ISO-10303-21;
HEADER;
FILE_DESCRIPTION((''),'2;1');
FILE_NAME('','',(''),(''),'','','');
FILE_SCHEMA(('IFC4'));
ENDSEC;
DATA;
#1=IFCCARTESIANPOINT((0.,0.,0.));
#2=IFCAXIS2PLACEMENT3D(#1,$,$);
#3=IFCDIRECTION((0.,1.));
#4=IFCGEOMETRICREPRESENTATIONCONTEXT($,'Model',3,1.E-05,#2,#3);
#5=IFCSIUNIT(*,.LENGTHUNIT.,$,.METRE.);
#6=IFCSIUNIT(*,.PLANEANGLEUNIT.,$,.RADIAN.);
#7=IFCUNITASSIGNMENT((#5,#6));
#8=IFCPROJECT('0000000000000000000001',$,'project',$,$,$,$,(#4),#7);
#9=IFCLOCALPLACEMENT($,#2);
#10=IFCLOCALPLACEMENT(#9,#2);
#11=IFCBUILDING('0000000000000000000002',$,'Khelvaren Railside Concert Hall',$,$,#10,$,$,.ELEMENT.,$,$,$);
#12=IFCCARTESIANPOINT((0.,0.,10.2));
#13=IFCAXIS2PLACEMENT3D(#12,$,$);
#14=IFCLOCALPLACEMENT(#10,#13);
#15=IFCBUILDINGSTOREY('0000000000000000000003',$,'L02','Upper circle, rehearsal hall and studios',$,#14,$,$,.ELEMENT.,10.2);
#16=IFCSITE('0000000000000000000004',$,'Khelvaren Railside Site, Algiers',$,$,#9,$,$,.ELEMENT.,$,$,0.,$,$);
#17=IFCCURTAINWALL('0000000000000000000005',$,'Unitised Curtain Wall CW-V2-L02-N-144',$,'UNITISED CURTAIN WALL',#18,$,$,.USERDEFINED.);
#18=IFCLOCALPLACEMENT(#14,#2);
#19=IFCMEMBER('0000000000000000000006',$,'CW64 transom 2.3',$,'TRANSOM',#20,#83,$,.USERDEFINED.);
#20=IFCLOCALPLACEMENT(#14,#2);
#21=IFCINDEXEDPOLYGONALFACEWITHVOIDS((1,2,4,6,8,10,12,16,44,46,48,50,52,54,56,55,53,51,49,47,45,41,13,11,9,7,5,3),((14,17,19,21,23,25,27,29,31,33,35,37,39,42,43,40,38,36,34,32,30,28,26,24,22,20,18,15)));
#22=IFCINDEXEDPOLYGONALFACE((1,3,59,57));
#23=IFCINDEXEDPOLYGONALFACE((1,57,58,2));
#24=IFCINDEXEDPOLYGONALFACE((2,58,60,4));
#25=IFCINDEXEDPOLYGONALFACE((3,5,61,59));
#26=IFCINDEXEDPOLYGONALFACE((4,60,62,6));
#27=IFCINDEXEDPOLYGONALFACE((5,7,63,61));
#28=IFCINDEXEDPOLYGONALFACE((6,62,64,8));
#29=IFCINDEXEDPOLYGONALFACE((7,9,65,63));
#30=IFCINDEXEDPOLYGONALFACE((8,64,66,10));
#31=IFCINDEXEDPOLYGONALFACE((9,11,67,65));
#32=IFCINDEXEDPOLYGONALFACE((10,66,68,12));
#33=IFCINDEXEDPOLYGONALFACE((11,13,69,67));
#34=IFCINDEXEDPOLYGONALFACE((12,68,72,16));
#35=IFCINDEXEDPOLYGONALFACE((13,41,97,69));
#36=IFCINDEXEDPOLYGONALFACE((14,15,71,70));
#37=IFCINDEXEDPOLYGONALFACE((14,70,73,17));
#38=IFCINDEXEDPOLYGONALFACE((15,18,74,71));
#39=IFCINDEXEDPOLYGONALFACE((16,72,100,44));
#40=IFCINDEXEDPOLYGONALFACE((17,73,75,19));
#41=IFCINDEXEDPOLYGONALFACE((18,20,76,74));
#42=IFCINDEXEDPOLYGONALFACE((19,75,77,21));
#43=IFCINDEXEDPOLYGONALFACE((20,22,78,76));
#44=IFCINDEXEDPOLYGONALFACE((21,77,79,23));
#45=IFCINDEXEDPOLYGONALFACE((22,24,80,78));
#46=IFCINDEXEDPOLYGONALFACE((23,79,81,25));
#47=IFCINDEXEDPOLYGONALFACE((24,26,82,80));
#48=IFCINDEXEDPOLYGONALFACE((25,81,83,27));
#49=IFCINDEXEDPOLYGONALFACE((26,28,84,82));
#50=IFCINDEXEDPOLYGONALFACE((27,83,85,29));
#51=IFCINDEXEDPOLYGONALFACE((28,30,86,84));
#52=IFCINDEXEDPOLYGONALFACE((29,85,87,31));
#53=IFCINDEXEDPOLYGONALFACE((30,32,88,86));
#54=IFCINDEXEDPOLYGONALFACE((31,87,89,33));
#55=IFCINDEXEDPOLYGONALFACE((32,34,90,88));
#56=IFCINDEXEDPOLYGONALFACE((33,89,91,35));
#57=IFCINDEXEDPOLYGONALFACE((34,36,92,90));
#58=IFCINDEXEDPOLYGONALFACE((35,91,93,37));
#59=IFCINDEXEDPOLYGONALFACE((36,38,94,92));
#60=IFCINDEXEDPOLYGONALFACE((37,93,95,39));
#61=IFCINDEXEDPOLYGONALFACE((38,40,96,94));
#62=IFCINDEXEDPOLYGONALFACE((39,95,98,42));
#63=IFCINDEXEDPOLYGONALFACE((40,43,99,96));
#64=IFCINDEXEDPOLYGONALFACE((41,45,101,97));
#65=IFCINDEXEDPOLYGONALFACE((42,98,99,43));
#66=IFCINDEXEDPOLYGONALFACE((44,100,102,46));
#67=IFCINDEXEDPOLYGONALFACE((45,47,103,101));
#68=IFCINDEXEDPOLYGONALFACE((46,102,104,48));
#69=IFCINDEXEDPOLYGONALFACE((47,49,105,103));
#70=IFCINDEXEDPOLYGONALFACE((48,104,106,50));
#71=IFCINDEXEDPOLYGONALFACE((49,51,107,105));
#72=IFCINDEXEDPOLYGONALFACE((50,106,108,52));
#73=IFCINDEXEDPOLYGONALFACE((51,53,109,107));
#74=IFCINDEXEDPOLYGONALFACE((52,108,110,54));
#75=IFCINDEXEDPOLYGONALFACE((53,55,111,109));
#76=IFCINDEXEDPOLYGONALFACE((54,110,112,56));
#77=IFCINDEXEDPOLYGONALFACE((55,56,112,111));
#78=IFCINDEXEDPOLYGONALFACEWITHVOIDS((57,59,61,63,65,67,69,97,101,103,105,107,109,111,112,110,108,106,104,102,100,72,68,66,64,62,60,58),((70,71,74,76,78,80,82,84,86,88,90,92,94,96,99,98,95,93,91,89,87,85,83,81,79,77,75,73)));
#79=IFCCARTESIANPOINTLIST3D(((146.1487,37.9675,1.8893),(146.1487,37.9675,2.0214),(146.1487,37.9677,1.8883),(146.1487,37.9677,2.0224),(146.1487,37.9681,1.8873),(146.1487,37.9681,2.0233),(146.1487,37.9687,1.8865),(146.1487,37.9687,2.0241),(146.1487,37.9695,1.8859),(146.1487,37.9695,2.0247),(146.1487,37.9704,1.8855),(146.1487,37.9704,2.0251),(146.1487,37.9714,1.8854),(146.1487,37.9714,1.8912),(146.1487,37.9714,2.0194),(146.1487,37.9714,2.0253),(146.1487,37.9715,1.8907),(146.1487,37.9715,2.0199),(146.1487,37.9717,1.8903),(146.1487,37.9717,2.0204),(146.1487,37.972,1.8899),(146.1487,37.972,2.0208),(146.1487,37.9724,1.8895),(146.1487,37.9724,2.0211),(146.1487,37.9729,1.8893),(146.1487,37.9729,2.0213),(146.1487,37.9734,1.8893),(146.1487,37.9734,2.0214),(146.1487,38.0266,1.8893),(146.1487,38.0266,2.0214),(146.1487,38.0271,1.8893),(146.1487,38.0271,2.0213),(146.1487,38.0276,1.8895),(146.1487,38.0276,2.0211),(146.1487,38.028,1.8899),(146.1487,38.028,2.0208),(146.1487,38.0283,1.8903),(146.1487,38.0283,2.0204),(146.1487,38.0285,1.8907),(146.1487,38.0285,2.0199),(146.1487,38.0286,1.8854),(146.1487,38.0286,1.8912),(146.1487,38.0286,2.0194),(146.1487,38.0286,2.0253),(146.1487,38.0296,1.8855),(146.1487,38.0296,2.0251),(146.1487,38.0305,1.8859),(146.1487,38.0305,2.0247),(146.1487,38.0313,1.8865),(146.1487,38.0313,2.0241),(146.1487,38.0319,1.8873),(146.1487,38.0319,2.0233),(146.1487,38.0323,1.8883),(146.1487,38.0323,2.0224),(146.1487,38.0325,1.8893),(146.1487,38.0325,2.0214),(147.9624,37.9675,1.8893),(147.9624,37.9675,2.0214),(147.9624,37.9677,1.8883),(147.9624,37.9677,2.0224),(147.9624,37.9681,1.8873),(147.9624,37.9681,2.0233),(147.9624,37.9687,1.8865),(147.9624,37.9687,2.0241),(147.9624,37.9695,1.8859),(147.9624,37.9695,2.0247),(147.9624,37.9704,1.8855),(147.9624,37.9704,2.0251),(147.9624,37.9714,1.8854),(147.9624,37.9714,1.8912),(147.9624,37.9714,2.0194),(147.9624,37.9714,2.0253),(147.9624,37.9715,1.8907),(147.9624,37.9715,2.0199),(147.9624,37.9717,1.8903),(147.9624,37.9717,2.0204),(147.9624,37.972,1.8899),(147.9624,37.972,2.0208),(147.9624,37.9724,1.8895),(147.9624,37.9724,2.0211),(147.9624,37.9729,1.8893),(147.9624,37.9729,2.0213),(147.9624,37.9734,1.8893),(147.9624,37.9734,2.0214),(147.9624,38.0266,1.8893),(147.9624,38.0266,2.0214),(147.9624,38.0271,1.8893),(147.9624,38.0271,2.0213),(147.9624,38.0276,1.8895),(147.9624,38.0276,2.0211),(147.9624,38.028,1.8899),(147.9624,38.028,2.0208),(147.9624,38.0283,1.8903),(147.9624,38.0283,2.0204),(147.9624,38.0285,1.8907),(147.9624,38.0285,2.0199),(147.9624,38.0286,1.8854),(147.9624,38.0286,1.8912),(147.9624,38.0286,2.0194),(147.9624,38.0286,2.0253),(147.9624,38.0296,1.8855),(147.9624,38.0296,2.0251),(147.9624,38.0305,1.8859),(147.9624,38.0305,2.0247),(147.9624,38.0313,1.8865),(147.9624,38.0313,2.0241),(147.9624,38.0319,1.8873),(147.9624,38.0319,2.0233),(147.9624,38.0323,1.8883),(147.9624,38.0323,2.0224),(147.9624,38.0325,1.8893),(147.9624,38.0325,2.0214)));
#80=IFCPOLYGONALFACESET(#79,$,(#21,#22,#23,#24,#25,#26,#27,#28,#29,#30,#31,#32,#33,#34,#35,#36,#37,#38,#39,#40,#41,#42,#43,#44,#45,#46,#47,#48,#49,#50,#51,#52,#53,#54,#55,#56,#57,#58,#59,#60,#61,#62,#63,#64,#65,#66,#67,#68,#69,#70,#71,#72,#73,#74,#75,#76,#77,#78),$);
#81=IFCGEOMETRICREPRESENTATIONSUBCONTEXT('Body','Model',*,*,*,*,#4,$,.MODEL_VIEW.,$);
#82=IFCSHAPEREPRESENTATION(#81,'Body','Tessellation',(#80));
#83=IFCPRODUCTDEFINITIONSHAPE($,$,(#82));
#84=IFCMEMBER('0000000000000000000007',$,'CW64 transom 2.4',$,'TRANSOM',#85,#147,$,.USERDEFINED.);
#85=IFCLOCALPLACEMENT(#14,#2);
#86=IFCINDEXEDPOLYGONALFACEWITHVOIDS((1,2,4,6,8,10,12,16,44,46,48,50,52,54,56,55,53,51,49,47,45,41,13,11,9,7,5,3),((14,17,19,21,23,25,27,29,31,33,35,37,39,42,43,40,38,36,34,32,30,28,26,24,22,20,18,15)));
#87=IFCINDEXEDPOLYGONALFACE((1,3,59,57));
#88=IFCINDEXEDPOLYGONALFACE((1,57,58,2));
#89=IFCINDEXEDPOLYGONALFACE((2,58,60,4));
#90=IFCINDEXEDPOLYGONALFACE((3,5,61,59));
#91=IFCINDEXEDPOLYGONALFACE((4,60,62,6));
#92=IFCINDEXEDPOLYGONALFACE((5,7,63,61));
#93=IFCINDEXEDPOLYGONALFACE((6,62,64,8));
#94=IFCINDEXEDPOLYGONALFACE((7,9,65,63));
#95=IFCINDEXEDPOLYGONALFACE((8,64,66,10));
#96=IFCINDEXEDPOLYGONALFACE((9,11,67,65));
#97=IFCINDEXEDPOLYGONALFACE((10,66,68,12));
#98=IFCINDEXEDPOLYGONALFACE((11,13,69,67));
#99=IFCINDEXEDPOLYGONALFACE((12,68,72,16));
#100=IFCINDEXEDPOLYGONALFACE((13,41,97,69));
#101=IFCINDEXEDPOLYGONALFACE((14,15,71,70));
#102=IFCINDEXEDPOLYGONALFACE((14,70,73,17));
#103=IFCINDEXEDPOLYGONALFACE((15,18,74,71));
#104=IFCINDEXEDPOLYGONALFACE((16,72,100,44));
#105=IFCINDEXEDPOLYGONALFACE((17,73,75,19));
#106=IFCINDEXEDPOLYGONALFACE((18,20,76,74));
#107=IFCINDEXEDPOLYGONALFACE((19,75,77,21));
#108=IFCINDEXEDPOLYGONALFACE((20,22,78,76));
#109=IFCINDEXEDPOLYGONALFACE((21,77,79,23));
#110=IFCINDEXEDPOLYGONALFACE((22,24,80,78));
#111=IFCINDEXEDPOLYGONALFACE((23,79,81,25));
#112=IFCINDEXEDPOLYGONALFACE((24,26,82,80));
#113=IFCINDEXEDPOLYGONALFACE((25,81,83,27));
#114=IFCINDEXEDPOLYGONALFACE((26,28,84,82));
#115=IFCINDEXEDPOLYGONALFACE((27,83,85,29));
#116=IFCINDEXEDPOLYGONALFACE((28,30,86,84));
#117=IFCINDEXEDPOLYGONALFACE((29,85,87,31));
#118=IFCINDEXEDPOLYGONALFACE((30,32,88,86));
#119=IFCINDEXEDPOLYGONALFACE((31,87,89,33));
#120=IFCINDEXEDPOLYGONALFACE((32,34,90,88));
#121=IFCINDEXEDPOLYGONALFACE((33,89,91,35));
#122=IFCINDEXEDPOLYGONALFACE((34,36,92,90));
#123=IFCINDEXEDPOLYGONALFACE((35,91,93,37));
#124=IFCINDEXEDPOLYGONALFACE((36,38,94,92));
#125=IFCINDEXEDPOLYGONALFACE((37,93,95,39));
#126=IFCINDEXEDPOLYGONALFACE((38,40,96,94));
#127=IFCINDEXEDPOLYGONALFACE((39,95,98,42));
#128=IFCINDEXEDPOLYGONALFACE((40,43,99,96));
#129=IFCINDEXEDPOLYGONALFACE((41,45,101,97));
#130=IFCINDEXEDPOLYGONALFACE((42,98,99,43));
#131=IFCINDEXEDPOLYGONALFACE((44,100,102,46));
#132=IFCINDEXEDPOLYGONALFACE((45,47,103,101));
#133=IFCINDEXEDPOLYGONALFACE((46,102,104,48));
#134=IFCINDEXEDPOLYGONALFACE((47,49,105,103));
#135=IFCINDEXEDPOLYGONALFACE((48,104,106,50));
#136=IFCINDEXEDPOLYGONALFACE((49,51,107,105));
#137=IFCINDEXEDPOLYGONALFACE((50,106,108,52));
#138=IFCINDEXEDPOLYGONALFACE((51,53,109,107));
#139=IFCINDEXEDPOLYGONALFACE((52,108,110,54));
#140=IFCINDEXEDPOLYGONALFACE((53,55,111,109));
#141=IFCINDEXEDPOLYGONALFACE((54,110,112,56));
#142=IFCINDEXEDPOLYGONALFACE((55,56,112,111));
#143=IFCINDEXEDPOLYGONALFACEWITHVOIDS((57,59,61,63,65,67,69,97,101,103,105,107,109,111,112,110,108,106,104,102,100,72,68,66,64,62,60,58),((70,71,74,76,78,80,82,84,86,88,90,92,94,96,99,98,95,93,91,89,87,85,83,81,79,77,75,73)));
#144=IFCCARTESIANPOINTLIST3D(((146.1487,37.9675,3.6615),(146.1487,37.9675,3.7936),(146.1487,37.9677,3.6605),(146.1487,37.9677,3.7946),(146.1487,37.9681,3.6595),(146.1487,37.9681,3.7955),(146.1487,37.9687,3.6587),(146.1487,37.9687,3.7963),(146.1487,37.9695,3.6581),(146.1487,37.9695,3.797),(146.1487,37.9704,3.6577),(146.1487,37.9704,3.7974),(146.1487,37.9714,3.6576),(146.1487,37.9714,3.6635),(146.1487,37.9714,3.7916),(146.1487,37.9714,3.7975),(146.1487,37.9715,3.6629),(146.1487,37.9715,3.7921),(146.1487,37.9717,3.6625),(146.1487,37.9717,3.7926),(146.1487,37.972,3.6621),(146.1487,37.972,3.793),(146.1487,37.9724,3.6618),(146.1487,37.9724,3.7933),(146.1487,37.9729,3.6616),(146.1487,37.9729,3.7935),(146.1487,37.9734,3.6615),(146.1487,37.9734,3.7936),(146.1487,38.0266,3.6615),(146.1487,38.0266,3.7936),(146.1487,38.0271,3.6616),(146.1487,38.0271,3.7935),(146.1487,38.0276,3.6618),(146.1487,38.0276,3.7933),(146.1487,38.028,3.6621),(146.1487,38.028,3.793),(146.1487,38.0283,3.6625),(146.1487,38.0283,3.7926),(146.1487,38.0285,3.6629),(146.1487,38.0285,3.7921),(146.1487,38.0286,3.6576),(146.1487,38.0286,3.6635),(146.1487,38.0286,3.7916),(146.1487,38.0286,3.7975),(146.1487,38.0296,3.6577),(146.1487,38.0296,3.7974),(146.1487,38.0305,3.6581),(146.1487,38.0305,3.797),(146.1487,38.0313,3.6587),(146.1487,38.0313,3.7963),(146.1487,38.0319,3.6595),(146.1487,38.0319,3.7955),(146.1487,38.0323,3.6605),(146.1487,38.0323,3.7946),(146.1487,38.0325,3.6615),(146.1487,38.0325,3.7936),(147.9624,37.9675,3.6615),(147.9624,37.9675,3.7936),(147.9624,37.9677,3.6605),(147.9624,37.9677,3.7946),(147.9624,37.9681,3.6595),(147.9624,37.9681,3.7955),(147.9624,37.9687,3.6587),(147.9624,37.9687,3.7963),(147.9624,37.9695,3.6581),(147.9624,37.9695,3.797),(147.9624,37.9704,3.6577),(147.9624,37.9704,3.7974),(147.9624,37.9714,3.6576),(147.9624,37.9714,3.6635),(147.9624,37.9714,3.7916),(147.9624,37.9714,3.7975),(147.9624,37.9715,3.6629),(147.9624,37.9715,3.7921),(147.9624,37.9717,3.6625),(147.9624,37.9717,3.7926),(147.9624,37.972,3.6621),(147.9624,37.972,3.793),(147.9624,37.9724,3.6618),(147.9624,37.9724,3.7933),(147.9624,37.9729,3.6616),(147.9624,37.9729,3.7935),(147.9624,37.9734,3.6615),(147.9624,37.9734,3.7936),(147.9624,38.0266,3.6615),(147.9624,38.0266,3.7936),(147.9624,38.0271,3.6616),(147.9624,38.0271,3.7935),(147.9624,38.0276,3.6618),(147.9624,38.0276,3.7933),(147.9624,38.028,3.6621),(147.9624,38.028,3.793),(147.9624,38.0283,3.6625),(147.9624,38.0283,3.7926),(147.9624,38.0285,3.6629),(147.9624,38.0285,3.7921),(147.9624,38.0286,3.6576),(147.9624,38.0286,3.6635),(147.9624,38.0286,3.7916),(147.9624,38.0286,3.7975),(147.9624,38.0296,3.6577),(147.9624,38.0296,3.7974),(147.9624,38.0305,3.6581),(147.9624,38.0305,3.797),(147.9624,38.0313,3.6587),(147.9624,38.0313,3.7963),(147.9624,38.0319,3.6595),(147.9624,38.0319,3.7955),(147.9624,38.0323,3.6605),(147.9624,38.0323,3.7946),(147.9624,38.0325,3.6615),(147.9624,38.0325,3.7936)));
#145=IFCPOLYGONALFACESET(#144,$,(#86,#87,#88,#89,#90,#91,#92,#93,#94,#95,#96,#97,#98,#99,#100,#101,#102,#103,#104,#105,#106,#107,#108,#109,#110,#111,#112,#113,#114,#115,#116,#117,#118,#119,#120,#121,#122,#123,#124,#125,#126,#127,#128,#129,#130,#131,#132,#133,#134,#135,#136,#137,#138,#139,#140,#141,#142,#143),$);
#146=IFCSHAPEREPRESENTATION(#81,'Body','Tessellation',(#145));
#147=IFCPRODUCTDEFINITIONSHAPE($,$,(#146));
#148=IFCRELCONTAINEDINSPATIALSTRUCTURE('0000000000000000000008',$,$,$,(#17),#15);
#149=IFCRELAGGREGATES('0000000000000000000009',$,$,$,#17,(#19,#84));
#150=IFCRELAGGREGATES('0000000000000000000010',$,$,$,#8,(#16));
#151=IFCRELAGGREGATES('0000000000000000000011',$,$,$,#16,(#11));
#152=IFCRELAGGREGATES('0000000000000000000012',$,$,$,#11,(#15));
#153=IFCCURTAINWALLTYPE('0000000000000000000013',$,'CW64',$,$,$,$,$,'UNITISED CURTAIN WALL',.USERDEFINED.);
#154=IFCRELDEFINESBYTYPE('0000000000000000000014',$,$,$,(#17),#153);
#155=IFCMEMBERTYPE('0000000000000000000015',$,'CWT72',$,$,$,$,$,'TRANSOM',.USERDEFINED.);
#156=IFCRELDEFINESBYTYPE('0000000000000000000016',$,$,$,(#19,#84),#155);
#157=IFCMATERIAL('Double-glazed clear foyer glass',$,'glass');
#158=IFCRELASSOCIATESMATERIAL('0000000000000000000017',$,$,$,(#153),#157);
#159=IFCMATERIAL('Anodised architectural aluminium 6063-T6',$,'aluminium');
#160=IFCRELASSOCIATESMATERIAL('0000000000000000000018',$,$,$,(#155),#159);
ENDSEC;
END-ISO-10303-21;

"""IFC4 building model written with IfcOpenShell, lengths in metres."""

from ifc_helpers import new_model, si_unit, direction, frame, origin, origin_2d, place, context, subcontext, project, spatial, hollow_rectangle, extrude, material, material_profile, profile_set, type_object, element, aggregate, save


model = new_model("IFC4")

# Units and contexts
model_context = context("Model", 3, precision=1e-05, world=origin(), true_north=direction((0.0, 1.0)))
body_context = subcontext(model_context, "Body", "Model", "MODEL_VIEW")
ifc_project = project(units=[si_unit("LENGTHUNIT", "METRE"), si_unit("PLANEANGLEUNIT", "RADIAN")], contexts=[model_context])

# Site, building, storey
site_placement = place(None, origin())
site = spatial("IfcSite", under=ifc_project, at=site_placement, Name="Khelvaren Railside Site, Algiers", CompositionType="ELEMENT", RefElevation=0.0)
building_placement = place(site_placement, origin())
building = spatial("IfcBuilding", under=site, at=building_placement, Name="Khelvaren Railside Concert Hall", CompositionType="ELEMENT")
storey_placement = place(building_placement, frame((0.0, 0.0, 10.2)))
storey = spatial("IfcBuildingStorey", under=building, at=storey_placement, Name="L02", Description="Upper circle, rehearsal hall and studios", CompositionType="ELEMENT", Elevation=10.2)

# Curtain wall, members
ifc_material_1 = material(Name="Double-glazed clear foyer glass", Category="glass")
curtain_wall_type = type_object("IfcCurtainWallType", Name="CW64", ElementType="UNITISED CURTAIN WALL", PredefinedType="USERDEFINED", material=ifc_material_1)
curtain_wall_placement = place(storey_placement, origin())
curtain_wall = element("IfcCurtainWall", 1, at=curtain_wall_placement, inside=storey, type_object=curtain_wall_type, Name="Unitised Curtain Wall CW-V2-L02-N-144", ObjectType="UNITISED CURTAIN WALL", PredefinedType="USERDEFINED")
ifc_material_2 = material(Name="Anodised architectural aluminium 6063-T6", Category="aluminium")
ifc_material_profile_1 = material_profile(ifc_material_2, hollow_rectangle(XDim=0.0649, YDim=0.1399, WallThickness=0.0039, InnerFilletRadius=0.002, OuterFilletRadius=0.0039, at=origin_2d()), Name="CWT 65x140x4")
ifc_profile_set_1 = profile_set([ifc_material_profile_1], Name="Anodised architectural aluminium 6063-T6")
member_type_1 = type_object("IfcMemberType", Name="CWT72", ElementType="TRANSOM", PredefinedType="USERDEFINED", material=ifc_profile_set_1)
member_1_placement = place(storey_placement, frame((146.1487, 38.0, 1.9553), z_axis=(1.0, 0.0, 0.0), x_axis=(0.0, 1.0, 0.0)))
member_1 = element("IfcMember", 2, at=member_1_placement, type_object=member_type_1, Name="CW64 transom 2.3", ObjectType="TRANSOM", PredefinedType="USERDEFINED", context=body_context, shape_type="SweptSolid", body=[
    extrude(hollow_rectangle(XDim=0.0649, YDim=0.1399, WallThickness=0.0039, InnerFilletRadius=0.002, OuterFilletRadius=0.0039, at=origin_2d()), origin(), (0.0, 0.0, 1.0), 1.8137),
])
member_2_placement = place(storey_placement, frame((146.1487, 38.0, 3.7275), z_axis=(1.0, 0.0, 0.0), x_axis=(0.0, 1.0, 0.0)))
member_2 = element("IfcMember", 3, at=member_2_placement, type_object=member_type_1, Name="CW64 transom 2.4", ObjectType="TRANSOM", PredefinedType="USERDEFINED", context=body_context, shape_type="SweptSolid", body=[
    extrude(hollow_rectangle(XDim=0.0649, YDim=0.1399, WallThickness=0.0039, InnerFilletRadius=0.002, OuterFilletRadius=0.0039, at=origin_2d()), origin(), (0.0, 0.0, 1.0), 1.8137),
])
aggregate(curtain_wall, [member_1, member_2])

save(model, "model.ifc")
